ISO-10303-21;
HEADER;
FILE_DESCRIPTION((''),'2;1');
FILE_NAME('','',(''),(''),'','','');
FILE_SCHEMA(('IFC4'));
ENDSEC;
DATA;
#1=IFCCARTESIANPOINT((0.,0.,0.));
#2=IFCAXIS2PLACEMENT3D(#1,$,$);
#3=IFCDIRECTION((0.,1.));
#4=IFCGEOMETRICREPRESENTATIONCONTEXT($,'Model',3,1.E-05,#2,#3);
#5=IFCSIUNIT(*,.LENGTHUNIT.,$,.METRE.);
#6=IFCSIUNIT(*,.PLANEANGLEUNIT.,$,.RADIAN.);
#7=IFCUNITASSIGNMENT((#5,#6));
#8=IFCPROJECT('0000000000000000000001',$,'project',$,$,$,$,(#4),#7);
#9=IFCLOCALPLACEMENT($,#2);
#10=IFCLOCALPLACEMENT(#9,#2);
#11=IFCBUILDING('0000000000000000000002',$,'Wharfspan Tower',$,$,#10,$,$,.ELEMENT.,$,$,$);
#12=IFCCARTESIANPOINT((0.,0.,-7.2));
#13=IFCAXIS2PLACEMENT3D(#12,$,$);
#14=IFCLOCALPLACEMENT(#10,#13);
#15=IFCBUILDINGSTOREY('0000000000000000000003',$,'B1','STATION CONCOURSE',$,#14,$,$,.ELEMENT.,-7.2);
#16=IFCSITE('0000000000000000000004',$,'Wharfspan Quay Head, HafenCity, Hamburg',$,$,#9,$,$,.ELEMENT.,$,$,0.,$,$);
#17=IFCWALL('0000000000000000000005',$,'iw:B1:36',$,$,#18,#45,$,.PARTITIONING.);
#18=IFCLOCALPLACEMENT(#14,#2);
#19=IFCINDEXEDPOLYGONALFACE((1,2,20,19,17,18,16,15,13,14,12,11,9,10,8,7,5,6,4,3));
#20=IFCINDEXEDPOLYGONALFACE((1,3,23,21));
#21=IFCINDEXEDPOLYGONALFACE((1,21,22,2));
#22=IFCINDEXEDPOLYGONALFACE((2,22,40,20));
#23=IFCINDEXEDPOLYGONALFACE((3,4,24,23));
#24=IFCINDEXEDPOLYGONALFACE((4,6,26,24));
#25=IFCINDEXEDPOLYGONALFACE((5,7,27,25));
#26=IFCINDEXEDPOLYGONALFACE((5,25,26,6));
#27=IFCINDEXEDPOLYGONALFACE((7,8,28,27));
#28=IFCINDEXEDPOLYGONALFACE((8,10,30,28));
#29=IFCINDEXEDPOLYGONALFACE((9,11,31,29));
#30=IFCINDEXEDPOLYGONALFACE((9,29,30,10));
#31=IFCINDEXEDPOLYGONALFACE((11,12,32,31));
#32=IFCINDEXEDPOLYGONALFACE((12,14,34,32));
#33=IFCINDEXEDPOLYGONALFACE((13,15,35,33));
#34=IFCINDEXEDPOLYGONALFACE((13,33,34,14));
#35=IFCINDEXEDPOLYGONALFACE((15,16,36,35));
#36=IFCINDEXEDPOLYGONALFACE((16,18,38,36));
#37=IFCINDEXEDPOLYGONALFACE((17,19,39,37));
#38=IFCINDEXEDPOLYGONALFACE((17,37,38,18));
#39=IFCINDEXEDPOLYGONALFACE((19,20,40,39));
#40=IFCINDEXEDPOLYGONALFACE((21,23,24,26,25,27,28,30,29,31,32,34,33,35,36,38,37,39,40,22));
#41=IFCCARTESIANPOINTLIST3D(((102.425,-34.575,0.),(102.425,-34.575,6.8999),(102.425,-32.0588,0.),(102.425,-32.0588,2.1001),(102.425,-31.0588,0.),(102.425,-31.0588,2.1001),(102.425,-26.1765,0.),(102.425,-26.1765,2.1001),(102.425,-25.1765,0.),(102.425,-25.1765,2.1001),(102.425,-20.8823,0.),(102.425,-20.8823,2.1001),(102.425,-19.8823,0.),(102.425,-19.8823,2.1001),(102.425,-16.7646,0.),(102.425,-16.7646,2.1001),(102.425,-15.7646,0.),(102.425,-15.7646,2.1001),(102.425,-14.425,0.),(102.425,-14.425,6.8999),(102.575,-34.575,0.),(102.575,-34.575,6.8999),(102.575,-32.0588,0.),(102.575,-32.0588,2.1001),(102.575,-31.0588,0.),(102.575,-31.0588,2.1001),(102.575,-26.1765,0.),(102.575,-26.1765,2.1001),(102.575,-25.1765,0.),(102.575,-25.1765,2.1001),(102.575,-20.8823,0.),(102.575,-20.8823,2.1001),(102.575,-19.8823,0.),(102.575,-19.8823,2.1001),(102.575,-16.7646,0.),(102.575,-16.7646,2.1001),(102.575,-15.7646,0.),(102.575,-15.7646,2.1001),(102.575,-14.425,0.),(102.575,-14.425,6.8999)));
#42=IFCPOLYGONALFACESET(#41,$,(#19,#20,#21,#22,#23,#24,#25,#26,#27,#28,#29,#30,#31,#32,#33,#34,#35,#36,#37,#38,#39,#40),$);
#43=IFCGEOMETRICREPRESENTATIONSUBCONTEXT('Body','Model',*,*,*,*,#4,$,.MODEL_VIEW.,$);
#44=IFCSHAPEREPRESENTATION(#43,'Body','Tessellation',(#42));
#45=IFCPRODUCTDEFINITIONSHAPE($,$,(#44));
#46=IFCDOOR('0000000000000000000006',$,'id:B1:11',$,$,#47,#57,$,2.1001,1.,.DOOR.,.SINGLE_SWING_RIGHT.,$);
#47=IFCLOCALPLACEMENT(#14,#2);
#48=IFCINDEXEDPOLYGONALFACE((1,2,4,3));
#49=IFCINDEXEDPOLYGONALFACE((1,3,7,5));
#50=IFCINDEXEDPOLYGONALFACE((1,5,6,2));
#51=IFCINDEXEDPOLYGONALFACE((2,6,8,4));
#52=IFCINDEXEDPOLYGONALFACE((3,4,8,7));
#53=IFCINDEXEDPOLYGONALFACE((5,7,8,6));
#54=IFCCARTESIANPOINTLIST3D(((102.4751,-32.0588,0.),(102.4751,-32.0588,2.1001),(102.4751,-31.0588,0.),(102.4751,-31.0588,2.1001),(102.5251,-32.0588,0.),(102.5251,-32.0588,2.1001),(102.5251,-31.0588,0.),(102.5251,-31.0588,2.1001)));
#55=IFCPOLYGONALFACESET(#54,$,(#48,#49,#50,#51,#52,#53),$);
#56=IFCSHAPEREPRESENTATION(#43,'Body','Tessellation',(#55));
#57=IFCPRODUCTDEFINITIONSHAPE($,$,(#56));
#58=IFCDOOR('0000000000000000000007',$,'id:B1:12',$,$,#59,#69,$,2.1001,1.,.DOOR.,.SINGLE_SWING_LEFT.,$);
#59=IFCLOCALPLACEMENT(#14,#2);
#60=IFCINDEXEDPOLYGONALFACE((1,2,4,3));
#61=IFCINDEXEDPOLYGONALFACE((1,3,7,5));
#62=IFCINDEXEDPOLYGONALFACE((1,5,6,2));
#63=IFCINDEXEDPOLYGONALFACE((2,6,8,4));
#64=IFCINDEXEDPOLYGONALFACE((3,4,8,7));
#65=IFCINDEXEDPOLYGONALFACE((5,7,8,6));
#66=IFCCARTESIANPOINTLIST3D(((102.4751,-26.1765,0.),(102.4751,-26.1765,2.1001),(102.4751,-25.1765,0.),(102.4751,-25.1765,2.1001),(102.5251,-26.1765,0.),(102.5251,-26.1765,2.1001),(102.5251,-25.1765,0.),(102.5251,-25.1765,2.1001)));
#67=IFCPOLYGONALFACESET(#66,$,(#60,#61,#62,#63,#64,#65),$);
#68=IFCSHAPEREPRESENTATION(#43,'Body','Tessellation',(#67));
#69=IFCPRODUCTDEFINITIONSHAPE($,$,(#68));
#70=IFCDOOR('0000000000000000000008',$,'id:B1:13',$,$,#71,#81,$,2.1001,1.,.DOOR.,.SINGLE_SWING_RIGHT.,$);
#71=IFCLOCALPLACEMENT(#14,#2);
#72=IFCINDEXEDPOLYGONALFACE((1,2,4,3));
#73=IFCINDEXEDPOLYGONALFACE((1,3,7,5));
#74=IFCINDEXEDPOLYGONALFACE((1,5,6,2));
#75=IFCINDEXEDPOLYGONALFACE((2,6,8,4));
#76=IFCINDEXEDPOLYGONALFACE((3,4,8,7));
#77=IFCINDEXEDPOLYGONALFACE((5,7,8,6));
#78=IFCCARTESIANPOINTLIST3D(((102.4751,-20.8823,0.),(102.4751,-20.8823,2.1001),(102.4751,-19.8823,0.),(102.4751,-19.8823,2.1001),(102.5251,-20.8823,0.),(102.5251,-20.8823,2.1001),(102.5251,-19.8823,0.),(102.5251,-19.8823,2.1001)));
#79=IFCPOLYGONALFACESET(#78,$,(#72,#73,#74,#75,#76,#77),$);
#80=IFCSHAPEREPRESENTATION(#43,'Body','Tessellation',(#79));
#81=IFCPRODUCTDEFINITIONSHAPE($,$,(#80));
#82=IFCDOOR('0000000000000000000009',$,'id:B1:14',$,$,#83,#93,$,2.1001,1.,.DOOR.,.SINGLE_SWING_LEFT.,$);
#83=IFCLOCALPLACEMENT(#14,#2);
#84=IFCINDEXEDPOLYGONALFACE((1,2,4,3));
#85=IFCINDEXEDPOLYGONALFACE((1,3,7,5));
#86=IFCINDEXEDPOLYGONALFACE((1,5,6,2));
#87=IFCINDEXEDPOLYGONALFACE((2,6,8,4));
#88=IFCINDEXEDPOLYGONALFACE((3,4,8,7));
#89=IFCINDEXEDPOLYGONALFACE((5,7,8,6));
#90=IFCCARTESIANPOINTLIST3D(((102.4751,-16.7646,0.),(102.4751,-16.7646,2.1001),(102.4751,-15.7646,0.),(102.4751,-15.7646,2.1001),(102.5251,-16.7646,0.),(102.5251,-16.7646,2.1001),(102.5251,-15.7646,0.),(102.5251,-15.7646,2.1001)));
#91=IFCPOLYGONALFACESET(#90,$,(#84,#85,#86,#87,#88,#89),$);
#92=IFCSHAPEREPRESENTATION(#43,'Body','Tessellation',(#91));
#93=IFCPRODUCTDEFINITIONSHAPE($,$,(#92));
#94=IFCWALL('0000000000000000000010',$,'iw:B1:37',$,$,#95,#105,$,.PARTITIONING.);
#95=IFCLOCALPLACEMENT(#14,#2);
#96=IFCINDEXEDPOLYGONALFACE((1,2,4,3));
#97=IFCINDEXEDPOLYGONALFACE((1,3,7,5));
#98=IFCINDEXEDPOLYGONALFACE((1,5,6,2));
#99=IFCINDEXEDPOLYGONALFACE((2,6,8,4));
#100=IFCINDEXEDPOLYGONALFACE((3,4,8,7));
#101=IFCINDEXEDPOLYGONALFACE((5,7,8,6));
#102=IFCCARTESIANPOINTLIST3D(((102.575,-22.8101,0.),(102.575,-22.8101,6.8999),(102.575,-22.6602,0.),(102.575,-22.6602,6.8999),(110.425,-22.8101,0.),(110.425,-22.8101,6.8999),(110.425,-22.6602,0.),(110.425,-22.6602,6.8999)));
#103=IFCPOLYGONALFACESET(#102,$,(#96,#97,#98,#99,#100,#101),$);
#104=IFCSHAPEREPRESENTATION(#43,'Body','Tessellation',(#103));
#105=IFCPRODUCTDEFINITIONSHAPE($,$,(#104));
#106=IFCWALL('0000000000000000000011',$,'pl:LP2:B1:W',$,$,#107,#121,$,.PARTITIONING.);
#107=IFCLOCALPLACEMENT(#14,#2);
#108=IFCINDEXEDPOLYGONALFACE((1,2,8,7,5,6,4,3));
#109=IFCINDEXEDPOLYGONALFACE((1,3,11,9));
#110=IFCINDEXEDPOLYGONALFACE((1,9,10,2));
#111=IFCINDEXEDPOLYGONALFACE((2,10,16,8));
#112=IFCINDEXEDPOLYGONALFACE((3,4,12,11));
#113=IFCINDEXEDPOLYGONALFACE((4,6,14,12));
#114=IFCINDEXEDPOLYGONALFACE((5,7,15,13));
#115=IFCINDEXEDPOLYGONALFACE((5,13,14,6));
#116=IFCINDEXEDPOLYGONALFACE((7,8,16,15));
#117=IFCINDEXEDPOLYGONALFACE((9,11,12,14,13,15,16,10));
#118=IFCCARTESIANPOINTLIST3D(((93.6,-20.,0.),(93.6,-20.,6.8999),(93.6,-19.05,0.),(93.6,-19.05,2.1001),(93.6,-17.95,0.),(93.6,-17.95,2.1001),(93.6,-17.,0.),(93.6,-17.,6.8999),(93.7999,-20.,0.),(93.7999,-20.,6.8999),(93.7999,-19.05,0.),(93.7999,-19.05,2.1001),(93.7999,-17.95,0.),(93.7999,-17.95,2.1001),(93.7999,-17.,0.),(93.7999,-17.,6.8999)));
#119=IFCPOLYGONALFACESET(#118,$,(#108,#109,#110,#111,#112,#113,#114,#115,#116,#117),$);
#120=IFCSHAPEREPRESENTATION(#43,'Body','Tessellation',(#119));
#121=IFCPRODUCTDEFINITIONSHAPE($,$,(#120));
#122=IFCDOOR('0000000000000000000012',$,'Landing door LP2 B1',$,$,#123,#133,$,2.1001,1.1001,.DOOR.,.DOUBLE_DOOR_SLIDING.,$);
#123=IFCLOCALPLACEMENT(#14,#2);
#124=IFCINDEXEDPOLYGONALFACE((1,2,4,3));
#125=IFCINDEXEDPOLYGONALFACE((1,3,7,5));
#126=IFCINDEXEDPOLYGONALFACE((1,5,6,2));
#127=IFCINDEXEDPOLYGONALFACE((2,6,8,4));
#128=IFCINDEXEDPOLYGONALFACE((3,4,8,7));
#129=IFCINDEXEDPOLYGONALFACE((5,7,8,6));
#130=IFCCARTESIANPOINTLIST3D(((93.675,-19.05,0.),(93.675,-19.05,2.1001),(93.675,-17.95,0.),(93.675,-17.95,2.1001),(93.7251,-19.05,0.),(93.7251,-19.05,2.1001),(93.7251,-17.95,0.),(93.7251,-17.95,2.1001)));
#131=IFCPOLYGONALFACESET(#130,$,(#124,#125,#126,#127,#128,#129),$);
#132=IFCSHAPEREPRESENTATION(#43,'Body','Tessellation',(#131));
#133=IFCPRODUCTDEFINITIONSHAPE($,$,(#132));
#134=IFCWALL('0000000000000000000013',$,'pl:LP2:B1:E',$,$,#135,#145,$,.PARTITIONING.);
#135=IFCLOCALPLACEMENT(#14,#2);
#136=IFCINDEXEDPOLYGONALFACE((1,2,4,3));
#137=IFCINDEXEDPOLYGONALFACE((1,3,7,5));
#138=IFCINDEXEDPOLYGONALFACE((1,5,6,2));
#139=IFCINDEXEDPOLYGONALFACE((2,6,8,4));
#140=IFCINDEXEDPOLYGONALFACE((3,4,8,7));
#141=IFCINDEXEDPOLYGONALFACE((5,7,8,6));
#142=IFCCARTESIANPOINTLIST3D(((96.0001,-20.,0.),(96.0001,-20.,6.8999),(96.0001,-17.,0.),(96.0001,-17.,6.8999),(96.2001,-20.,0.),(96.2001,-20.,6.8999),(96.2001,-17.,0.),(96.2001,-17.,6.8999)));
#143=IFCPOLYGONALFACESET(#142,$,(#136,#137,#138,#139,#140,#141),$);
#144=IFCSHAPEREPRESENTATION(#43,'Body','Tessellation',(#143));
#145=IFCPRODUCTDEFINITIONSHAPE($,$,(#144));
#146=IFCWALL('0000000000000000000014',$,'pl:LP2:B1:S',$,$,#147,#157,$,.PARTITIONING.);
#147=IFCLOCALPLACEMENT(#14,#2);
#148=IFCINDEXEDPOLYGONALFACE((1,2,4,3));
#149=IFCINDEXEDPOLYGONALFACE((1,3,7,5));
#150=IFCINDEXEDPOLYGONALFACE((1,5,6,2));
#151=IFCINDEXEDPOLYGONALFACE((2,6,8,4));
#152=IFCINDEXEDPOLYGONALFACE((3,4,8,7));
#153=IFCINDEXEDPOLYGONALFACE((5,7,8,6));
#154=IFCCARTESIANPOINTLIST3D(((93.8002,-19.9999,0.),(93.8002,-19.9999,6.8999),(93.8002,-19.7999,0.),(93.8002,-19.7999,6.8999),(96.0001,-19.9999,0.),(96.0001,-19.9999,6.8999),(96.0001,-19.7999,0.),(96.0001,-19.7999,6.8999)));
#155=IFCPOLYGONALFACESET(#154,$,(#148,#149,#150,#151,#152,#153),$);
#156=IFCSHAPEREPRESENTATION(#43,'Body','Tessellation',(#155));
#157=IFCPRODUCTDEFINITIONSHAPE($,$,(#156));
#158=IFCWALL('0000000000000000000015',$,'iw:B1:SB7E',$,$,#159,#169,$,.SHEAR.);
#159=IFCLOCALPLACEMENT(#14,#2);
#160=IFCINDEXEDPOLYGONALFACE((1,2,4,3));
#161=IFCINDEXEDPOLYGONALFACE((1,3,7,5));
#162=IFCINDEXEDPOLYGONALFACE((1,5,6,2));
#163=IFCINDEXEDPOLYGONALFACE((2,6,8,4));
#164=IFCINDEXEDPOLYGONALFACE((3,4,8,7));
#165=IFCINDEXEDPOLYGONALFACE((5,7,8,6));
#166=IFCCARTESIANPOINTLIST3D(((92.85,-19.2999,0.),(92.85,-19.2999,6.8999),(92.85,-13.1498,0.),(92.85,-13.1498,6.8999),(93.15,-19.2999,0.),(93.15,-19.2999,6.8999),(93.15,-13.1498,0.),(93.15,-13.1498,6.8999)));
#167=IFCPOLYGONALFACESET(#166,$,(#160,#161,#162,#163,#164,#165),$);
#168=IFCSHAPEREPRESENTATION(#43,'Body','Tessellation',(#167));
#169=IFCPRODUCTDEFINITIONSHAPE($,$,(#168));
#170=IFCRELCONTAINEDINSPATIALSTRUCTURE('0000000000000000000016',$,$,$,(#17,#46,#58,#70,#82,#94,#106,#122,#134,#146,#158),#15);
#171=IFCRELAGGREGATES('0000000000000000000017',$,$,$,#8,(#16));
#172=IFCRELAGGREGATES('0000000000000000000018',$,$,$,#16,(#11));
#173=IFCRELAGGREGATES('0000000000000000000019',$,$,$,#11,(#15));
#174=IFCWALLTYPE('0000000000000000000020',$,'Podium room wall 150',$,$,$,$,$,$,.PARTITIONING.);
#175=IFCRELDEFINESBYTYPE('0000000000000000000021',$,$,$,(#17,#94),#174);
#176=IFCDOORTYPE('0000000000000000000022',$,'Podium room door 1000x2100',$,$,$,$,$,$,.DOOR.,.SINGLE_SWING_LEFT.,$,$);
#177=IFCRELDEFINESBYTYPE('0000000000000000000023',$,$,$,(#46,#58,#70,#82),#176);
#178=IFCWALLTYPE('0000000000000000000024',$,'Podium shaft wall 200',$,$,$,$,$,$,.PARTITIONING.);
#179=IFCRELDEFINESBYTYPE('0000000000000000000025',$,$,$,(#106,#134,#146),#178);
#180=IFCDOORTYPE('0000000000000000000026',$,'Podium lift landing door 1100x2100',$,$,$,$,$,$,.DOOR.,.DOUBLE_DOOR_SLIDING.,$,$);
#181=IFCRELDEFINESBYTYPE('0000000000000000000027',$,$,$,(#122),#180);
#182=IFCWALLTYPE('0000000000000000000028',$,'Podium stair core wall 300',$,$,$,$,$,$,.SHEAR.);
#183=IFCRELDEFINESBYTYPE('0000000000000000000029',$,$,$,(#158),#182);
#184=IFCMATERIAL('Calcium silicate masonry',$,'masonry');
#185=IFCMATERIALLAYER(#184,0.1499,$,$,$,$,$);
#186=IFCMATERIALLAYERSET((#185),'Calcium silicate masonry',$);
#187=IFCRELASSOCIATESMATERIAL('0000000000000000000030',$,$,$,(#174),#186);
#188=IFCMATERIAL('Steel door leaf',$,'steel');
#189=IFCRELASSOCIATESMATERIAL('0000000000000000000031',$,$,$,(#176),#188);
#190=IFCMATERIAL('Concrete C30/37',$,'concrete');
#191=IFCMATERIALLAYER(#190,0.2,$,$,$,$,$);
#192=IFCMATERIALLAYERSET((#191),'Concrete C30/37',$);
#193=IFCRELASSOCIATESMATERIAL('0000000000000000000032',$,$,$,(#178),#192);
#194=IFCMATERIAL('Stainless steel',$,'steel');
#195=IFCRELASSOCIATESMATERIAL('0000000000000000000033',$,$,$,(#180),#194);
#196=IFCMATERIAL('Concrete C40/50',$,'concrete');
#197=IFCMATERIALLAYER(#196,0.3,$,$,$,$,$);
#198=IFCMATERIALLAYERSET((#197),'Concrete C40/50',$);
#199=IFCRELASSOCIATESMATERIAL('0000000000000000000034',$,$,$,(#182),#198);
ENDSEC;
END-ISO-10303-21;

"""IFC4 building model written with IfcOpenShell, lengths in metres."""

from ifc_helpers import new_model, si_unit, direction, frame, frame_2d, origin, place, context, subcontext, project, spatial, rectangle, extrude, material, layer, layer_set, type_object, element, fill, save


model = new_model("IFC4")

# Units and contexts
model_context = context("Model", 3, precision=1e-05, world=origin(), true_north=direction((0.0, 1.0)))
body_context = subcontext(model_context, "Body", "Model", "MODEL_VIEW")
ifc_project = project(units=[si_unit("LENGTHUNIT", "METRE"), si_unit("PLANEANGLEUNIT", "RADIAN")], contexts=[model_context])

# Site, building, storey
site_placement = place(None, origin())
site = spatial("IfcSite", under=ifc_project, at=site_placement, Name="Wharfspan Quay Head, HafenCity, Hamburg", CompositionType="ELEMENT", RefElevation=0.0)
building_placement = place(site_placement, origin())
building = spatial("IfcBuilding", under=site, at=building_placement, Name="Wharfspan Tower", CompositionType="ELEMENT")
storey_placement = place(building_placement, frame((0.0, 0.0, -7.2)))
storey = spatial("IfcBuildingStorey", under=building, at=storey_placement, Name="B1", Description="STATION CONCOURSE", CompositionType="ELEMENT", Elevation=-7.2)

# Shared definitions
ifc_material_1 = material(Name="Calcium silicate masonry", Category="masonry")
ifc_layer_1 = layer(ifc_material_1, 0.1499)
ifc_layer_set_1 = layer_set([ifc_layer_1], Name="Calcium silicate masonry")
wall_type_1 = type_object("IfcWallType", Name="Podium room wall 150", PredefinedType="PARTITIONING", material=ifc_layer_set_1)

# Wall, openings, doors
wall_1_placement = place(storey_placement, frame((102.5, -34.575, 0.0), z_axis=(0.0, 0.0, 1.0), x_axis=(0.0, 1.0, 0.0)))
wall_1 = element("IfcWall", 1, at=wall_1_placement, inside=storey, type_object=wall_type_1, Name="iw:B1:36", PredefinedType="PARTITIONING", context=body_context, shape_type="SweptSolid", body=[
    extrude(rectangle(XDim=20.1499, YDim=0.1499, at=frame_2d((10.075, 0.0))), origin(), (0.0, 0.0, 1.0), 6.8999),
])
opening_1_placement = place(wall_1_placement, frame((2.5161, 0.0, 0.0)))
opening_1 = element("IfcOpeningElement", 2, at=opening_1_placement, cuts=wall_1, PredefinedType="OPENING", context=body_context, shape_type="SweptSolid", body=[
    extrude(rectangle(XDim=1.0, YDim=2.1001, at=frame_2d((0.5, 1.05))), frame((0.0, 0.085, 0.0), z_axis=(0.0, -1.0, 0.0), x_axis=(1.0, 0.0, 0.0)), (0.0, 0.0, 1.0), 0.1699),
])
opening_2_placement = place(wall_1_placement, frame((8.3984, 0.0, 0.0)))
opening_2 = element("IfcOpeningElement", 3, at=opening_2_placement, cuts=wall_1, PredefinedType="OPENING", context=body_context, shape_type="SweptSolid", body=[
    extrude(rectangle(XDim=1.0, YDim=2.1001, at=frame_2d((0.5, 1.05))), frame((0.0, 0.085, 0.0), z_axis=(0.0, -1.0, 0.0), x_axis=(1.0, 0.0, 0.0)), (0.0, 0.0, 1.0), 0.1699),
])
opening_3_placement = place(wall_1_placement, frame((13.6926, 0.0, 0.0)))
opening_3 = element("IfcOpeningElement", 4, at=opening_3_placement, cuts=wall_1, PredefinedType="OPENING", context=body_context, shape_type="SweptSolid", body=[
    extrude(rectangle(XDim=1.0, YDim=2.1001, at=frame_2d((0.5, 1.05))), frame((0.0, 0.085, 0.0), z_axis=(0.0, -1.0, 0.0), x_axis=(1.0, 0.0, 0.0)), (0.0, 0.0, 1.0), 0.1699),
])
opening_4_placement = place(wall_1_placement, frame((17.8103, 0.0, 0.0)))
opening_4 = element("IfcOpeningElement", 5, at=opening_4_placement, cuts=wall_1, PredefinedType="OPENING", context=body_context, shape_type="SweptSolid", body=[
    extrude(rectangle(XDim=1.0, YDim=2.1001, at=frame_2d((0.5, 1.05))), frame((0.0, 0.085, 0.0), z_axis=(0.0, -1.0, 0.0), x_axis=(1.0, 0.0, 0.0)), (0.0, 0.0, 1.0), 0.1699),
])
ifc_material_2 = material(Name="Steel door leaf", Category="steel")
door_type_1 = type_object("IfcDoorType", Name="Podium room door 1000x2100", OperationType="SINGLE_SWING_LEFT", PredefinedType="DOOR", material=ifc_material_2)
door_1_placement = place(opening_1_placement, origin())
door_1 = element("IfcDoor", 6, at=door_1_placement, inside=storey, type_object=door_type_1, Name="id:B1:11", OperationType="SINGLE_SWING_RIGHT", OverallHeight=2.1001, OverallWidth=1.0, PredefinedType="DOOR", context=body_context, shape_type="SweptSolid", body=[
    extrude(rectangle(XDim=1.0, YDim=2.1001, at=frame_2d((0.5, 1.05))), frame((0.0, 0.0249, 0.0), z_axis=(0.0, -1.0, 0.0), x_axis=(1.0, 0.0, 0.0)), (0.0, 0.0, 1.0), 0.05),
])
fill(opening_1, door_1)
door_2_placement = place(opening_2_placement, origin())
door_2 = element("IfcDoor", 7, at=door_2_placement, inside=storey, type_object=door_type_1, Name="id:B1:12", OperationType="SINGLE_SWING_LEFT", OverallHeight=2.1001, OverallWidth=1.0, PredefinedType="DOOR", context=body_context, shape_type="SweptSolid", body=[
    extrude(rectangle(XDim=1.0, YDim=2.1001, at=frame_2d((0.5, 1.05))), frame((0.0, 0.0249, 0.0), z_axis=(0.0, -1.0, 0.0), x_axis=(1.0, 0.0, 0.0)), (0.0, 0.0, 1.0), 0.05),
])
fill(opening_2, door_2)
door_3_placement = place(opening_3_placement, origin())
door_3 = element("IfcDoor", 8, at=door_3_placement, inside=storey, type_object=door_type_1, Name="id:B1:13", OperationType="SINGLE_SWING_RIGHT", OverallHeight=2.1001, OverallWidth=1.0, PredefinedType="DOOR", context=body_context, shape_type="SweptSolid", body=[
    extrude(rectangle(XDim=1.0, YDim=2.1001, at=frame_2d((0.5, 1.05))), frame((0.0, 0.0249, 0.0), z_axis=(0.0, -1.0, 0.0), x_axis=(1.0, 0.0, 0.0)), (0.0, 0.0, 1.0), 0.05),
])
fill(opening_3, door_3)
door_4_placement = place(opening_4_placement, origin())
door_4 = element("IfcDoor", 9, at=door_4_placement, inside=storey, type_object=door_type_1, Name="id:B1:14", OperationType="SINGLE_SWING_LEFT", OverallHeight=2.1001, OverallWidth=1.0, PredefinedType="DOOR", context=body_context, shape_type="SweptSolid", body=[
    extrude(rectangle(XDim=1.0, YDim=2.1001, at=frame_2d((0.5, 1.05))), frame((0.0, 0.0249, 0.0), z_axis=(0.0, -1.0, 0.0), x_axis=(1.0, 0.0, 0.0)), (0.0, 0.0, 1.0), 0.05),
])
fill(opening_4, door_4)

# Wall
wall_2_placement = place(storey_placement, frame((102.575, -22.7351, 0.0), z_axis=(0.0, 0.0, 1.0), x_axis=(1.0, 0.0, 0.0)))
element("IfcWall", 10, at=wall_2_placement, inside=storey, type_object=wall_type_1, Name="iw:B1:37", PredefinedType="PARTITIONING", context=body_context, shape_type="SweptSolid", body=[
    extrude(rectangle(XDim=7.8501, YDim=0.1499, at=frame_2d((3.925, 0.0))), origin(), (0.0, 0.0, 1.0), 6.8999),
])

# Wall, opening, door
ifc_material_3 = material(Name="Concrete C30/37", Category="concrete")
ifc_layer_2 = layer(ifc_material_3, 0.2)
ifc_layer_set_2 = layer_set([ifc_layer_2], Name="Concrete C30/37")
wall_type_2 = type_object("IfcWallType", Name="Podium shaft wall 200", PredefinedType="PARTITIONING", material=ifc_layer_set_2)
wall_3_placement = place(storey_placement, frame((93.7, -20.0, 0.0), z_axis=(0.0, 0.0, 1.0), x_axis=(0.0, 1.0, 0.0)))
wall_3 = element("IfcWall", 11, at=wall_3_placement, inside=storey, type_object=wall_type_2, Name="pl:LP2:B1:W", PredefinedType="PARTITIONING", context=body_context, shape_type="SweptSolid", body=[
    extrude(rectangle(XDim=3.0, YDim=0.2, at=frame_2d((1.5, 0.0))), origin(), (0.0, 0.0, 1.0), 6.8999),
])
opening_5_placement = place(wall_3_placement, frame((0.95, 0.0, 0.0)))
opening_5 = element("IfcOpeningElement", 12, at=opening_5_placement, cuts=wall_3, PredefinedType="OPENING", context=body_context, shape_type="SweptSolid", body=[
    extrude(rectangle(XDim=1.1001, YDim=2.1001, at=frame_2d((0.55, 1.05))), frame((0.0, 0.1099, 0.0), z_axis=(0.0, -1.0, 0.0), x_axis=(1.0, 0.0, 0.0)), (0.0, 0.0, 1.0), 0.22),
])
ifc_material_4 = material(Name="Stainless steel", Category="steel")
door_type_2 = type_object("IfcDoorType", Name="Podium lift landing door 1100x2100", OperationType="DOUBLE_DOOR_SLIDING", PredefinedType="DOOR", material=ifc_material_4)
door_5_placement = place(opening_5_placement, origin())
door_5 = element("IfcDoor", 13, at=door_5_placement, inside=storey, type_object=door_type_2, Name="Landing door LP2 B1", OperationType="DOUBLE_DOOR_SLIDING", OverallHeight=2.1001, OverallWidth=1.1001, PredefinedType="DOOR", context=body_context, shape_type="SweptSolid", body=[
    extrude(rectangle(XDim=1.1001, YDim=2.1001, at=frame_2d((0.55, 1.05))), frame((0.0, 0.0249, 0.0), z_axis=(0.0, -1.0, 0.0), x_axis=(1.0, 0.0, 0.0)), (0.0, 0.0, 1.0), 0.05),
])
fill(opening_5, door_5)

# Walls
wall_4_placement = place(storey_placement, frame((96.1001, -20.0, 0.0), z_axis=(0.0, 0.0, 1.0), x_axis=(0.0, 1.0, 0.0)))
element("IfcWall", 14, at=wall_4_placement, inside=storey, type_object=wall_type_2, Name="pl:LP2:B1:E", PredefinedType="PARTITIONING", context=body_context, shape_type="SweptSolid", body=[
    extrude(rectangle(XDim=3.0, YDim=0.2, at=frame_2d((1.5, 0.0))), origin(), (0.0, 0.0, 1.0), 6.8999),
])
wall_5_placement = place(storey_placement, frame((93.8, -19.8999, 0.0), z_axis=(0.0, 0.0, 1.0), x_axis=(1.0, 0.0, 0.0)))
element("IfcWall", 15, at=wall_5_placement, inside=storey, type_object=wall_type_2, Name="pl:LP2:B1:S", PredefinedType="PARTITIONING", context=body_context, shape_type="SweptSolid", body=[
    extrude(rectangle(XDim=2.2, YDim=0.2, at=frame_2d((1.1001, 0.0))), origin(), (0.0, 0.0, 1.0), 6.8999),
])
ifc_material_5 = material(Name="Concrete C40/50", Category="concrete")
ifc_layer_3 = layer(ifc_material_5, 0.3)
ifc_layer_set_3 = layer_set([ifc_layer_3], Name="Concrete C40/50")
wall_type_3 = type_object("IfcWallType", Name="Podium stair core wall 300", PredefinedType="SHEAR", material=ifc_layer_set_3)
wall_6_placement = place(storey_placement, frame((93.0, -19.3, 0.0), z_axis=(0.0, 0.0, 1.0), x_axis=(0.0, 1.0, 0.0)))
element("IfcWall", 16, at=wall_6_placement, inside=storey, type_object=wall_type_3, Name="iw:B1:SB7E", PredefinedType="SHEAR", context=body_context, shape_type="SweptSolid", body=[
    extrude(rectangle(XDim=6.1501, YDim=0.3, at=frame_2d((3.0752, 0.0))), origin(), (0.0, 0.0, 1.0), 6.8999),
])

save(model, "model.ifc")
